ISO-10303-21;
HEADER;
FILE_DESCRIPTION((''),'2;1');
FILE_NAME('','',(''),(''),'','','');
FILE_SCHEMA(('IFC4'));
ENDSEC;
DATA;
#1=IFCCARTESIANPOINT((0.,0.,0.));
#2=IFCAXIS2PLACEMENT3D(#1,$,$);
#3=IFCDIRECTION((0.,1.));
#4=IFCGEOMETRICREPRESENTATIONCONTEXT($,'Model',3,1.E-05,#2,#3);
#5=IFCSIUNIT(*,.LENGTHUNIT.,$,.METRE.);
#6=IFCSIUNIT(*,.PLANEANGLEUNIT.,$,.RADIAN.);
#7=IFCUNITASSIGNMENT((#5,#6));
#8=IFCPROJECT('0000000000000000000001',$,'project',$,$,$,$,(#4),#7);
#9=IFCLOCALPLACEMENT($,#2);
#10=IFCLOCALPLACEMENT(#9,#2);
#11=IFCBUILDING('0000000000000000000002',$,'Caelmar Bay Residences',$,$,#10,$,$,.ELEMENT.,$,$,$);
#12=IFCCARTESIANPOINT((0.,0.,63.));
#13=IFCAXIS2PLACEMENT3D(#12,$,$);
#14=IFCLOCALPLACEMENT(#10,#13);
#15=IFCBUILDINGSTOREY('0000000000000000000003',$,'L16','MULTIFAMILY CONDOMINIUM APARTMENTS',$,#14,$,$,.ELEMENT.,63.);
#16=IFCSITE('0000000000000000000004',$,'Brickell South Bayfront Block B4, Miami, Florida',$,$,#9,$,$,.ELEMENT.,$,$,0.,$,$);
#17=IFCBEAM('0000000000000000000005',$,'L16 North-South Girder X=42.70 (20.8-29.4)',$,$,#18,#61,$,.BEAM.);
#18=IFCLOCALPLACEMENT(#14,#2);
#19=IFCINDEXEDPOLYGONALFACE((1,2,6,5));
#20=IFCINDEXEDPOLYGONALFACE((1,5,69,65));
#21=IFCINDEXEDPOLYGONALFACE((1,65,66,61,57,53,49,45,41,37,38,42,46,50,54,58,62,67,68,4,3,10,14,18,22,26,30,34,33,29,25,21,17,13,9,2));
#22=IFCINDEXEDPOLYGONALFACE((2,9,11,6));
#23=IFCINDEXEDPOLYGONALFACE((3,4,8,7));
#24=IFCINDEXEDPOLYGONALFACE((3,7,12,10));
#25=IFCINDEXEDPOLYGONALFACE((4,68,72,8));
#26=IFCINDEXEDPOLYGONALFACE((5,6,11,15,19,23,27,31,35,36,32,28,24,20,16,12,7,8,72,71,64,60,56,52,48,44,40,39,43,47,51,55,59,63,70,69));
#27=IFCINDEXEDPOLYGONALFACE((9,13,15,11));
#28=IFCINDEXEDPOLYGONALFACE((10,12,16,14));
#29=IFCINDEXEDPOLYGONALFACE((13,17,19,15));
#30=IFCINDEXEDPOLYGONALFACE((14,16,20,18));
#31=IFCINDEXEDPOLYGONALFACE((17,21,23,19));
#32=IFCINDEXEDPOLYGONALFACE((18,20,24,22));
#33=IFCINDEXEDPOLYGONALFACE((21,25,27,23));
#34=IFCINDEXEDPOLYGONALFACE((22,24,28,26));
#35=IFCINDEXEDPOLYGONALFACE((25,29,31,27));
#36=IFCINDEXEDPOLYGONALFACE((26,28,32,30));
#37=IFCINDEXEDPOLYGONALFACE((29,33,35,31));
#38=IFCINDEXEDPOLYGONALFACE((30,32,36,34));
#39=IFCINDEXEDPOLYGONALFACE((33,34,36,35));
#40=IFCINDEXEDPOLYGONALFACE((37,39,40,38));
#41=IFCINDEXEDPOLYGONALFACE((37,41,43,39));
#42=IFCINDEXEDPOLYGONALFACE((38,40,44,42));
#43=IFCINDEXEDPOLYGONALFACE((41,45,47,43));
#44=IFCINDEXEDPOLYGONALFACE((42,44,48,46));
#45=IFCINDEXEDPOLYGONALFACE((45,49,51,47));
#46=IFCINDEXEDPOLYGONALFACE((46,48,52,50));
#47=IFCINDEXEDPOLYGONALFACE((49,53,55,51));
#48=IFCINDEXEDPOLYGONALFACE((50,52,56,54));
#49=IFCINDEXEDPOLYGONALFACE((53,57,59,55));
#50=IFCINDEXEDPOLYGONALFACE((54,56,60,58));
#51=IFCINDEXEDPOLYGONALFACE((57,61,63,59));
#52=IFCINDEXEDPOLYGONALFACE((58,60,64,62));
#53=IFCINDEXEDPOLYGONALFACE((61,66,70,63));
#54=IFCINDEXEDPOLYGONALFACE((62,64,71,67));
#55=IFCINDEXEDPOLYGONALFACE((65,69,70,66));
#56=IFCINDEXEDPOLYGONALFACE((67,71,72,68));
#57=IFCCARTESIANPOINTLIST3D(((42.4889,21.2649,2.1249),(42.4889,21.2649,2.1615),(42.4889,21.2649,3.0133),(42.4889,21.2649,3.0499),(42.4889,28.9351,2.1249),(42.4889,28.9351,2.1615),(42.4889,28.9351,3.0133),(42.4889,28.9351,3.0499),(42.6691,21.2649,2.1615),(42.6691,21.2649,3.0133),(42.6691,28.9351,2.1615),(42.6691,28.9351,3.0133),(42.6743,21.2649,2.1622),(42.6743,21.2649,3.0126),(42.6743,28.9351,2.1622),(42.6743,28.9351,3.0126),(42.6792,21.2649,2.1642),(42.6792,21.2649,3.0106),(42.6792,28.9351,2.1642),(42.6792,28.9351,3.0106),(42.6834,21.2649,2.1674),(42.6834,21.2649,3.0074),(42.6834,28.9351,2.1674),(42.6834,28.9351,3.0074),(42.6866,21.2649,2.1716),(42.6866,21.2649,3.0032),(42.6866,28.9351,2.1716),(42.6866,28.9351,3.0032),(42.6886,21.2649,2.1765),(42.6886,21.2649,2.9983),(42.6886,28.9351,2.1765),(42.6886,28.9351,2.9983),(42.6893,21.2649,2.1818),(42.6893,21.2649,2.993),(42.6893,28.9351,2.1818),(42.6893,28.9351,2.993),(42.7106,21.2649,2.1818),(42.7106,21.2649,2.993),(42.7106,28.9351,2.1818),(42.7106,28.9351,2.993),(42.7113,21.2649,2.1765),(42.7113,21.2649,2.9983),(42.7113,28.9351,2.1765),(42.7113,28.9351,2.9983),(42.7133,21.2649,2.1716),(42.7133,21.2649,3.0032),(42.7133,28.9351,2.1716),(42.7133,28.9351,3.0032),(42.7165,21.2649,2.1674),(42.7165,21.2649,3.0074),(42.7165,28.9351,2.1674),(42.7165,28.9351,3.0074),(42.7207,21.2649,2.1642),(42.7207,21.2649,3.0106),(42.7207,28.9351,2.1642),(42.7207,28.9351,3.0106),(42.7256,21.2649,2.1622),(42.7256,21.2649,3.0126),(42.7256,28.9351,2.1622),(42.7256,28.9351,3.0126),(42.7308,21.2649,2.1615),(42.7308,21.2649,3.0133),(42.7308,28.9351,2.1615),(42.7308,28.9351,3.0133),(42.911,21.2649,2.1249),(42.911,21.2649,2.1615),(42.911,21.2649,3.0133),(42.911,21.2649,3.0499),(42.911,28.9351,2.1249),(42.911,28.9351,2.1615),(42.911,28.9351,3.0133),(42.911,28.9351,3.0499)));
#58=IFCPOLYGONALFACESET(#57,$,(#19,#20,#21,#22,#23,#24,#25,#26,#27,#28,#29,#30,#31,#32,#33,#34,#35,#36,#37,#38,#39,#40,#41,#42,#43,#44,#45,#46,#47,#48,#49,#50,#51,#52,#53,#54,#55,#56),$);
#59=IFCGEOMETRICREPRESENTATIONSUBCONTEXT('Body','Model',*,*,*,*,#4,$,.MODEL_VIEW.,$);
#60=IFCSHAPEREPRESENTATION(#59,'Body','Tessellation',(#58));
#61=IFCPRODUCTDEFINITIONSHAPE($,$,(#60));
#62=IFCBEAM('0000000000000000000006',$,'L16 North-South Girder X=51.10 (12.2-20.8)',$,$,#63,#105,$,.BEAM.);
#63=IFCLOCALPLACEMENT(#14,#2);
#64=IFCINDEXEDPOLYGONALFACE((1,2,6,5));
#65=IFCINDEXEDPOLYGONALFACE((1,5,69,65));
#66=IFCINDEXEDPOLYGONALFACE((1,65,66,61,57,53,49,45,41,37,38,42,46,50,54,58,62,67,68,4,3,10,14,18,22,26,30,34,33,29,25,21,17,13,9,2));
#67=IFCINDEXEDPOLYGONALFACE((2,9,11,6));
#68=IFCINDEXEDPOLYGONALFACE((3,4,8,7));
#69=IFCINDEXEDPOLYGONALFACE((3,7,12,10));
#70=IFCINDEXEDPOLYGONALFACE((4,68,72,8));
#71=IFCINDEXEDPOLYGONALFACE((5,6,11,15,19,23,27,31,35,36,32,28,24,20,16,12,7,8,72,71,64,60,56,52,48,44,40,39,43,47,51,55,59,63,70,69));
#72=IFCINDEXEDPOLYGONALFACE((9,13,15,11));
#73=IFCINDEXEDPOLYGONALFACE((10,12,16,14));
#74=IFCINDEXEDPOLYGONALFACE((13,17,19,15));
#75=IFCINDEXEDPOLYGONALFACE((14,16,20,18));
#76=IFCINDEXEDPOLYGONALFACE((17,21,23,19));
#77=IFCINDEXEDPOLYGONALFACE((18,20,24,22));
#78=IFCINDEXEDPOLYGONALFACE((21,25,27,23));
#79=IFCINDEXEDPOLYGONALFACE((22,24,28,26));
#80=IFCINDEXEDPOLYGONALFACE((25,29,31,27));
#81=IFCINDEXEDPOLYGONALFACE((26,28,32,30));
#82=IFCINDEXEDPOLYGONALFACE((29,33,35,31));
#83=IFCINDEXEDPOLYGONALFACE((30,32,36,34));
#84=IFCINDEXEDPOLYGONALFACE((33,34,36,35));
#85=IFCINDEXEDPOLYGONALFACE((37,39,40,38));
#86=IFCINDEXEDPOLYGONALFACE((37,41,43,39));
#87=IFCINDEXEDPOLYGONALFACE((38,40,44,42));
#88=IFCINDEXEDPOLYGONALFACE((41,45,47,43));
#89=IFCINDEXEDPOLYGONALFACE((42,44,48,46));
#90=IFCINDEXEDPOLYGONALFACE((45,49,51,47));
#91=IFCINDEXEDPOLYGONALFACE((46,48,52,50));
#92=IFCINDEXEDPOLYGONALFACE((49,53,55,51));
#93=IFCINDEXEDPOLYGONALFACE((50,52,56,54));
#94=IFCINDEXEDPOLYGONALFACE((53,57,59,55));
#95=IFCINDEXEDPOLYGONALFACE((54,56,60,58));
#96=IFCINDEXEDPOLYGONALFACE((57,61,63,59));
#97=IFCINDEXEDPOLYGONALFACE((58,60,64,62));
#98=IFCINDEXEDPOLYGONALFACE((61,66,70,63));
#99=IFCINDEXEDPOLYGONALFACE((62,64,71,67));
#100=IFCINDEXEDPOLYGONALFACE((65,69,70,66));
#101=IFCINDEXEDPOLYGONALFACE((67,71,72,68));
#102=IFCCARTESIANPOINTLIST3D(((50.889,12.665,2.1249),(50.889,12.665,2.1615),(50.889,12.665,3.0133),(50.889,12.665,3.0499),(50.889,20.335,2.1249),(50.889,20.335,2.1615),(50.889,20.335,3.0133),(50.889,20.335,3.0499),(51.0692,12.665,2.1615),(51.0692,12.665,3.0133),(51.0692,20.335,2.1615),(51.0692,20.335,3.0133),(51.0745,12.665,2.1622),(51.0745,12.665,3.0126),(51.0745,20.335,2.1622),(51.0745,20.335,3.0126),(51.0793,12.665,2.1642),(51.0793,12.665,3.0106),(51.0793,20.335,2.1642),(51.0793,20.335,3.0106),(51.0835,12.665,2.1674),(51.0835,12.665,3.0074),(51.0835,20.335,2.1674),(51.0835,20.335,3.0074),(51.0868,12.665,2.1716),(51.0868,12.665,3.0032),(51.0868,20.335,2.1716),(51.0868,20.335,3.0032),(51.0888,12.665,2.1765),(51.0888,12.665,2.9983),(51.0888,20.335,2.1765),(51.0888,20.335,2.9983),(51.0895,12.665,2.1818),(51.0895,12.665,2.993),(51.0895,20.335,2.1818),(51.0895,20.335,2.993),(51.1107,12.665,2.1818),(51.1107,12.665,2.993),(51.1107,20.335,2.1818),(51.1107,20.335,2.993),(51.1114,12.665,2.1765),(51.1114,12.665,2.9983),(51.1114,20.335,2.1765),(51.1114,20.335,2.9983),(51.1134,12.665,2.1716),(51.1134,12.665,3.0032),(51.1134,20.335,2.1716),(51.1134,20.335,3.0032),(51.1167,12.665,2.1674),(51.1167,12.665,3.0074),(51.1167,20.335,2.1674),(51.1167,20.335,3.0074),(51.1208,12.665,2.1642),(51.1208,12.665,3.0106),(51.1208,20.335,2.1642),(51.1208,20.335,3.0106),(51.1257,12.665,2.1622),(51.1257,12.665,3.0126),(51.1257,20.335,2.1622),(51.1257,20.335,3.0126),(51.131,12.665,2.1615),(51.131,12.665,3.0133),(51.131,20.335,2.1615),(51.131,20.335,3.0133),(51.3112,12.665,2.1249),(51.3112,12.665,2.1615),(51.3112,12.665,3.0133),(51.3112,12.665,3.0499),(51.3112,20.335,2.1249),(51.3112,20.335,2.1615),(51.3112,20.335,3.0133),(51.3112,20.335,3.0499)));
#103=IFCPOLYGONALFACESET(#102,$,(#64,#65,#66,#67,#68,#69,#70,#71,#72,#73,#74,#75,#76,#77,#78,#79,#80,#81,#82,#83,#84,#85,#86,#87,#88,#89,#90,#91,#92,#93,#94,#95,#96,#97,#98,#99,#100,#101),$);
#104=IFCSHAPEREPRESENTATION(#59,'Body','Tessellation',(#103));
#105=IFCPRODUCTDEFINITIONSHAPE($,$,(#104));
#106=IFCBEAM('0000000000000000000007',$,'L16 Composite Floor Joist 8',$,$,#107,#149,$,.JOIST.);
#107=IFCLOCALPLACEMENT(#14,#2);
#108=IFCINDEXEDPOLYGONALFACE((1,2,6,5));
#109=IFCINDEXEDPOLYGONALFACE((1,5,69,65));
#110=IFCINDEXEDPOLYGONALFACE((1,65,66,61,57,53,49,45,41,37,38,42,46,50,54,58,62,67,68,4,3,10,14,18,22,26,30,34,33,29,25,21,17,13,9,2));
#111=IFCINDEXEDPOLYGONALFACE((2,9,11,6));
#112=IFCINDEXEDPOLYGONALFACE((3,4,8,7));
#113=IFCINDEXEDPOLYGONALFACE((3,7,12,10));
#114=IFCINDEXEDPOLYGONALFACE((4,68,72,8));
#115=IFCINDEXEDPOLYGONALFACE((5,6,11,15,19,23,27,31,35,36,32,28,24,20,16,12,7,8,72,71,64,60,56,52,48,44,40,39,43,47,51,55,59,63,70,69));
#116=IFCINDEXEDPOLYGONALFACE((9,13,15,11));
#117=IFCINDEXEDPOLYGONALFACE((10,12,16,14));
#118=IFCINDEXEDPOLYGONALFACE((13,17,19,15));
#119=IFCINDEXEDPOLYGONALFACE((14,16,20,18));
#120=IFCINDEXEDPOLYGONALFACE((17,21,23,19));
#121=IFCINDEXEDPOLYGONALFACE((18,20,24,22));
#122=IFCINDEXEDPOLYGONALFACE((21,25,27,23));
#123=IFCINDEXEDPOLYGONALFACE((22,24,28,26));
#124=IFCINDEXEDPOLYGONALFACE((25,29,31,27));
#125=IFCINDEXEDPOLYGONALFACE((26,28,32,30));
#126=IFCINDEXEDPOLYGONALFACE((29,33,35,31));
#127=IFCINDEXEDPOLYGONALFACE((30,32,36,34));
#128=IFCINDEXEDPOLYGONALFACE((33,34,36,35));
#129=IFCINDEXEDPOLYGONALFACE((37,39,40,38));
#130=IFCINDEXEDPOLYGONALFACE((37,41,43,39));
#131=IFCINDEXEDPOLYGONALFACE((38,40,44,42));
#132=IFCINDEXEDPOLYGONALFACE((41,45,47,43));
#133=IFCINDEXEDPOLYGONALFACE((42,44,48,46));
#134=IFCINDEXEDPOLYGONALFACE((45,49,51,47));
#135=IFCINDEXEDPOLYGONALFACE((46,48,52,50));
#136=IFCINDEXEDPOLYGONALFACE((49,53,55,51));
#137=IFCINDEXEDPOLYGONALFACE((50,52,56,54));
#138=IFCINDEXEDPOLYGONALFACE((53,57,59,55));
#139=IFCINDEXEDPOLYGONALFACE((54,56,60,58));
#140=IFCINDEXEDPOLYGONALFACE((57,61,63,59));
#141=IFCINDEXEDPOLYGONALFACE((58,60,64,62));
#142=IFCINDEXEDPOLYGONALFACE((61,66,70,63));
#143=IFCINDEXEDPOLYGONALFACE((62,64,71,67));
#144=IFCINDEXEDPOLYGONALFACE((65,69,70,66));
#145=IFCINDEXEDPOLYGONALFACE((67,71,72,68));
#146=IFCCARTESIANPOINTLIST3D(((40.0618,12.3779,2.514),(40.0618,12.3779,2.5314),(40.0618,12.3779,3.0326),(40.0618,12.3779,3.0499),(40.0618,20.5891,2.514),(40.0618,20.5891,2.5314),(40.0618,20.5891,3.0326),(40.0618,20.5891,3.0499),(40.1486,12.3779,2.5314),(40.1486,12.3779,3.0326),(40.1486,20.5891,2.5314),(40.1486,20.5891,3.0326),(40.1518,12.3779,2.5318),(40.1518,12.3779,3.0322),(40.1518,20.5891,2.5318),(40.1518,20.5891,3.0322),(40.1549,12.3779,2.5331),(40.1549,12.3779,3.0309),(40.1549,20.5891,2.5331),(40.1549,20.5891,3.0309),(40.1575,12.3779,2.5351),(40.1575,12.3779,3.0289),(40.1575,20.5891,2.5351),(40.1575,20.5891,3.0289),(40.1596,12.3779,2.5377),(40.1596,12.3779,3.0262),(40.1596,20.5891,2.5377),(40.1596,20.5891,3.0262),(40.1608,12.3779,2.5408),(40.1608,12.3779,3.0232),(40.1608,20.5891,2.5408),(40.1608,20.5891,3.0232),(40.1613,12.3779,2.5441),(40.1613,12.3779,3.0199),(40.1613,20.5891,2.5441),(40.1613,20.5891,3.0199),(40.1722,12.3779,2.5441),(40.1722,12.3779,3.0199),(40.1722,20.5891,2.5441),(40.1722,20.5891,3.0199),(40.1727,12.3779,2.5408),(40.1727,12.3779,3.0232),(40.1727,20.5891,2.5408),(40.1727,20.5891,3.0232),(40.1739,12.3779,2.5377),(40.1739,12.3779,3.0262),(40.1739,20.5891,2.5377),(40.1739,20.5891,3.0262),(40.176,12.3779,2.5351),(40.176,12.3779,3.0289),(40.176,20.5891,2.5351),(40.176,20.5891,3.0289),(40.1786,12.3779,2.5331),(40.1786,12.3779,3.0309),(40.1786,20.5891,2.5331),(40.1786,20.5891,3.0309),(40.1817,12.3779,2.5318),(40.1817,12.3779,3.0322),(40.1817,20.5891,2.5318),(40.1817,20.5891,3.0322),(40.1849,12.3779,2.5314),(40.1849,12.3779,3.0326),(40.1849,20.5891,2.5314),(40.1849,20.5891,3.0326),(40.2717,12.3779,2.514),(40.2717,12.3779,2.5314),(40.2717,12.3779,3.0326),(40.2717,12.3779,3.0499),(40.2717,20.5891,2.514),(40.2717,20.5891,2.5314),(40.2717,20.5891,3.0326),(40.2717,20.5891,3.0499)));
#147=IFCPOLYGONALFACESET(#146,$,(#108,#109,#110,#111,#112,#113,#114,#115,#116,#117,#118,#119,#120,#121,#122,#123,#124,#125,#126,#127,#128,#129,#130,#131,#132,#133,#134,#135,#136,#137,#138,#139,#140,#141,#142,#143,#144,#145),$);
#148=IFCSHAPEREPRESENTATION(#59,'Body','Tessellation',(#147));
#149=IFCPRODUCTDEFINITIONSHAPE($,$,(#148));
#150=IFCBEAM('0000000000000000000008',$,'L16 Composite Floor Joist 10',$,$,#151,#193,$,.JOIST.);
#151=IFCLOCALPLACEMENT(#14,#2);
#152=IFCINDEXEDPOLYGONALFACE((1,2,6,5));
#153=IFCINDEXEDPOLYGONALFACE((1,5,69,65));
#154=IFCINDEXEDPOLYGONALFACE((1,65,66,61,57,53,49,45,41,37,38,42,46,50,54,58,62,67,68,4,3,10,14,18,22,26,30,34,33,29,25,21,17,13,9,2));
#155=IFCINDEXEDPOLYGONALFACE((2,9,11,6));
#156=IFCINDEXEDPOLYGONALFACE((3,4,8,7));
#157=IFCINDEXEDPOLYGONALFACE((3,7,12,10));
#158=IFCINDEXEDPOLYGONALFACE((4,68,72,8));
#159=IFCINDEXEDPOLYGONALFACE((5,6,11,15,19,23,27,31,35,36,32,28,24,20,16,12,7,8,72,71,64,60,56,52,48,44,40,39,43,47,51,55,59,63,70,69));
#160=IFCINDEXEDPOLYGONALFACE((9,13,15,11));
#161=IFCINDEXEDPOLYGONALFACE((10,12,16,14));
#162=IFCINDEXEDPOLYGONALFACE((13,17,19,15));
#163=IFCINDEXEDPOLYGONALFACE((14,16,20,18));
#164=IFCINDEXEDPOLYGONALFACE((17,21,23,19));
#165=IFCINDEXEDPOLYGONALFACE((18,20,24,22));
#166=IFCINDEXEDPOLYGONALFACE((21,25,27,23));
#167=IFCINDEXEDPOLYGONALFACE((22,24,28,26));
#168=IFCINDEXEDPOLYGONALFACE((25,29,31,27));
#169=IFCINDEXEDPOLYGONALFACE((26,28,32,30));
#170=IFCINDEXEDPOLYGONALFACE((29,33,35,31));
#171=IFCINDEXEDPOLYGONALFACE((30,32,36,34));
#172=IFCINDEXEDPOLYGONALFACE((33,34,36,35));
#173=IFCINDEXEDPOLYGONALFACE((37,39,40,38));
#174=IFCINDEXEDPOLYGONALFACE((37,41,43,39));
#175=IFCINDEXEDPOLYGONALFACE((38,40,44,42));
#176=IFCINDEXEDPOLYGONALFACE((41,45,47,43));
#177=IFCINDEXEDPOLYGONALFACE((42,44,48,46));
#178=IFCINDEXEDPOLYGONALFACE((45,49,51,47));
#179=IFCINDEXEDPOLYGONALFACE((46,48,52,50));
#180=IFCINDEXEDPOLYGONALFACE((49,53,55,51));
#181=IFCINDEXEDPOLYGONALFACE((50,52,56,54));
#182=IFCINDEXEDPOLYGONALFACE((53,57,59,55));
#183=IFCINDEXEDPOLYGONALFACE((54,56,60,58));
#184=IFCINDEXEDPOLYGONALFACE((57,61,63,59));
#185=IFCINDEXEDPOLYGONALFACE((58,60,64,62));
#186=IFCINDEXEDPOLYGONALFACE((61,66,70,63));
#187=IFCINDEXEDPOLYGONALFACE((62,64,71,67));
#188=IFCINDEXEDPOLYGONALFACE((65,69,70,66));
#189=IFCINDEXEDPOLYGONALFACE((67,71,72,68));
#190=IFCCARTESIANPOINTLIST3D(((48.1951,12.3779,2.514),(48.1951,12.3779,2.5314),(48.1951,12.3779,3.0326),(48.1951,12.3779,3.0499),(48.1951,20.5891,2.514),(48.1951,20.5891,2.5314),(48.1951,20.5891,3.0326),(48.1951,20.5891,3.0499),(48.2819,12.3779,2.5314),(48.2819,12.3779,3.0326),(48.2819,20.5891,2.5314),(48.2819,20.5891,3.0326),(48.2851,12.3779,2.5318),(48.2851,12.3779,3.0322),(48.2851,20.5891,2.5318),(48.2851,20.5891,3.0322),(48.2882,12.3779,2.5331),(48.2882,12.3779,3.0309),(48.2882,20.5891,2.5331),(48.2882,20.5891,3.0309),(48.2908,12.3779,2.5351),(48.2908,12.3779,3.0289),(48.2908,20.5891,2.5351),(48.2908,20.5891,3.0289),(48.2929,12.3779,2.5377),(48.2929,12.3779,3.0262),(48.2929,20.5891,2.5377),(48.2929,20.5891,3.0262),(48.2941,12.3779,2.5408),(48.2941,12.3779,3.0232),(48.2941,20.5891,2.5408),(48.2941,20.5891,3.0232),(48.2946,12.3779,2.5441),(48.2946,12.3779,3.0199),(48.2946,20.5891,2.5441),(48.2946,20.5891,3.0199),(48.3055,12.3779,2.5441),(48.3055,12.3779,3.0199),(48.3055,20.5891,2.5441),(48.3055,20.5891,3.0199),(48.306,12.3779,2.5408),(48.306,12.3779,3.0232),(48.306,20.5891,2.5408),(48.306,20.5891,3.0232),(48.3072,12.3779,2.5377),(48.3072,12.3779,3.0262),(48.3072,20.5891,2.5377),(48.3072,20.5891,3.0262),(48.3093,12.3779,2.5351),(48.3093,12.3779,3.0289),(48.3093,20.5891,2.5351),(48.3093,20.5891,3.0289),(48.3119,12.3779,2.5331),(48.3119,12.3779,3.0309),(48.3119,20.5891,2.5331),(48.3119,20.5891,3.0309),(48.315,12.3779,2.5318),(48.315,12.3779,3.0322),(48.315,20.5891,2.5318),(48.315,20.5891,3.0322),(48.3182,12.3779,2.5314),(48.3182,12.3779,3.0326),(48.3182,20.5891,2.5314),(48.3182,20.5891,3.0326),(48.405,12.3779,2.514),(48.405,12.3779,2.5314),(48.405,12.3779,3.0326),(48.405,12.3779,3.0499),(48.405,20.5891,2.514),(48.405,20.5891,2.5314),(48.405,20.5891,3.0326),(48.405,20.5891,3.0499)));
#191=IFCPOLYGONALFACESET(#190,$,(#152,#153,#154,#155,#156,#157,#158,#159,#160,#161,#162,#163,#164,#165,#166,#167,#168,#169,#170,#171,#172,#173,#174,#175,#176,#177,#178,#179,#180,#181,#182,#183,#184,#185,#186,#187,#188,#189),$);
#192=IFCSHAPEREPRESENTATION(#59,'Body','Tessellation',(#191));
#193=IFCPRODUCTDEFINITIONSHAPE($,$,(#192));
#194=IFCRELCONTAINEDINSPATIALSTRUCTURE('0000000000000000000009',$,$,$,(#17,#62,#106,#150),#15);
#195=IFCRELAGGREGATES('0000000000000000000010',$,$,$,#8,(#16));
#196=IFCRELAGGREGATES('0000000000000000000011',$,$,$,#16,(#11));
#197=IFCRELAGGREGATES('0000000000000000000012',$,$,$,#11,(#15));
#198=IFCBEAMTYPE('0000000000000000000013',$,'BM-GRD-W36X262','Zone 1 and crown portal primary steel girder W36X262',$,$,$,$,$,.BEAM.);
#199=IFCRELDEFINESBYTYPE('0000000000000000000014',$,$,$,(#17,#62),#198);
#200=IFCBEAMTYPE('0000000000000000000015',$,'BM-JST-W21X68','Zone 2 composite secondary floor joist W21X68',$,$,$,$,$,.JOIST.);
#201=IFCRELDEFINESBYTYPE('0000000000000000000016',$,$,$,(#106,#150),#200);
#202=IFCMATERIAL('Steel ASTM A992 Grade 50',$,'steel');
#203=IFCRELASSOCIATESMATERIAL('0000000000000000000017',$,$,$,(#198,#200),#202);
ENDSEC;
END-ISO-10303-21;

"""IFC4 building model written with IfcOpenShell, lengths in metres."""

from ifc_helpers import new_model, si_unit, direction, frame, origin, origin_2d, place, context, subcontext, project, spatial, i_section, extrude, material, material_profile, profile_set, type_object, element, save


model = new_model("IFC4")

# Units and contexts
model_context = context("Model", 3, precision=1e-05, world=origin(), true_north=direction((0.0, 1.0)))
body_context = subcontext(model_context, "Body", "Model", "MODEL_VIEW")
ifc_project = project(units=[si_unit("LENGTHUNIT", "METRE"), si_unit("PLANEANGLEUNIT", "RADIAN")], contexts=[model_context])

# Site, building, storey
site_placement = place(None, origin())
site = spatial("IfcSite", under=ifc_project, at=site_placement, Name="Brickell South Bayfront Block B4, Miami, Florida", CompositionType="ELEMENT", RefElevation=0.0)
building_placement = place(site_placement, origin())
building = spatial("IfcBuilding", under=site, at=building_placement, Name="Caelmar Bay Residences", CompositionType="ELEMENT")
storey_placement = place(building_placement, frame((0.0, 0.0, 63.0)))
storey = spatial("IfcBuildingStorey", under=building, at=storey_placement, Name="L16", Description="MULTIFAMILY CONDOMINIUM APARTMENTS", CompositionType="ELEMENT", Elevation=63.0)

# Beams
ifc_material_1 = material(Name="Steel ASTM A992 Grade 50", Category="steel")
ifc_material_profile_1 = material_profile(ifc_material_1, i_section(OverallWidth=0.4221, OverallDepth=0.925, WebThickness=0.0212, FlangeThickness=0.0366, FilletRadius=0.0203, at=origin_2d()), Name="W36X262")
ifc_profile_set_1 = profile_set([ifc_material_profile_1], Name="Steel ASTM A992 Grade 50")
beam_type_1 = type_object("IfcBeamType", Name="BM-GRD-W36X262", Description="Zone 1 and crown portal primary steel girder W36X262", PredefinedType="BEAM", material=ifc_profile_set_1)
beam_1_placement = place(storey_placement, frame((42.7, 21.2649, 2.5874), z_axis=(0.0, 1.0, 0.0), x_axis=(-1.0, 0.0, 0.0)))
element("IfcBeam", 1, at=beam_1_placement, inside=storey, type_object=beam_type_1, Name="L16 North-South Girder X=42.70 (20.8-29.4)", PredefinedType="BEAM", context=body_context, shape_type="SweptSolid", body=[
    extrude(i_section(OverallWidth=0.4221, OverallDepth=0.925, WebThickness=0.0212, FlangeThickness=0.0366, FilletRadius=0.0203, at=origin_2d()), origin(), (0.0, 0.0, 1.0), 7.6702),
])
beam_2_placement = place(storey_placement, frame((51.1001, 12.665, 2.5874), z_axis=(0.0, 1.0, 0.0), x_axis=(-1.0, 0.0, 0.0)))
element("IfcBeam", 2, at=beam_2_placement, inside=storey, type_object=beam_type_1, Name="L16 North-South Girder X=51.10 (12.2-20.8)", PredefinedType="BEAM", context=body_context, shape_type="SweptSolid", body=[
    extrude(i_section(OverallWidth=0.4221, OverallDepth=0.925, WebThickness=0.0212, FlangeThickness=0.0366, FilletRadius=0.0203, at=origin_2d()), origin(), (0.0, 0.0, 1.0), 7.6699),
])
ifc_material_profile_2 = material_profile(ifc_material_1, i_section(OverallWidth=0.21, OverallDepth=0.5359, WebThickness=0.011, FlangeThickness=0.0173, FilletRadius=0.0127, at=origin_2d()), Name="W21X68")
ifc_profile_set_2 = profile_set([ifc_material_profile_2], Name="Steel ASTM A992 Grade 50")
beam_type_2 = type_object("IfcBeamType", Name="BM-JST-W21X68", Description="Zone 2 composite secondary floor joist W21X68", PredefinedType="JOIST", material=ifc_profile_set_2)
for number, where, z_axis, x_axis, name in (
    (3, (40.1667, 12.3779, 2.782), (0.0, 1.0, 0.0), (-1.0, 0.0, 0.0), "L16 Composite Floor Joist 8"),
    (4, (48.3, 12.3779, 2.782), (0.0, 1.0, 0.0), (-1.0, 0.0, 0.0), "L16 Composite Floor Joist 10"),
):
    element("IfcBeam", number, at=place(storey_placement, frame(where, z_axis=z_axis, x_axis=x_axis)), inside=storey, type_object=beam_type_2, Name=name, PredefinedType="JOIST", context=body_context, shape_type="SweptSolid", body=[
        extrude(i_section(OverallWidth=0.21, OverallDepth=0.5359, WebThickness=0.011, FlangeThickness=0.0173, FilletRadius=0.0127, at=origin_2d()), origin(), (0.0, 0.0, 1.0), 8.2112),
    ])

save(model, "model.ifc")
